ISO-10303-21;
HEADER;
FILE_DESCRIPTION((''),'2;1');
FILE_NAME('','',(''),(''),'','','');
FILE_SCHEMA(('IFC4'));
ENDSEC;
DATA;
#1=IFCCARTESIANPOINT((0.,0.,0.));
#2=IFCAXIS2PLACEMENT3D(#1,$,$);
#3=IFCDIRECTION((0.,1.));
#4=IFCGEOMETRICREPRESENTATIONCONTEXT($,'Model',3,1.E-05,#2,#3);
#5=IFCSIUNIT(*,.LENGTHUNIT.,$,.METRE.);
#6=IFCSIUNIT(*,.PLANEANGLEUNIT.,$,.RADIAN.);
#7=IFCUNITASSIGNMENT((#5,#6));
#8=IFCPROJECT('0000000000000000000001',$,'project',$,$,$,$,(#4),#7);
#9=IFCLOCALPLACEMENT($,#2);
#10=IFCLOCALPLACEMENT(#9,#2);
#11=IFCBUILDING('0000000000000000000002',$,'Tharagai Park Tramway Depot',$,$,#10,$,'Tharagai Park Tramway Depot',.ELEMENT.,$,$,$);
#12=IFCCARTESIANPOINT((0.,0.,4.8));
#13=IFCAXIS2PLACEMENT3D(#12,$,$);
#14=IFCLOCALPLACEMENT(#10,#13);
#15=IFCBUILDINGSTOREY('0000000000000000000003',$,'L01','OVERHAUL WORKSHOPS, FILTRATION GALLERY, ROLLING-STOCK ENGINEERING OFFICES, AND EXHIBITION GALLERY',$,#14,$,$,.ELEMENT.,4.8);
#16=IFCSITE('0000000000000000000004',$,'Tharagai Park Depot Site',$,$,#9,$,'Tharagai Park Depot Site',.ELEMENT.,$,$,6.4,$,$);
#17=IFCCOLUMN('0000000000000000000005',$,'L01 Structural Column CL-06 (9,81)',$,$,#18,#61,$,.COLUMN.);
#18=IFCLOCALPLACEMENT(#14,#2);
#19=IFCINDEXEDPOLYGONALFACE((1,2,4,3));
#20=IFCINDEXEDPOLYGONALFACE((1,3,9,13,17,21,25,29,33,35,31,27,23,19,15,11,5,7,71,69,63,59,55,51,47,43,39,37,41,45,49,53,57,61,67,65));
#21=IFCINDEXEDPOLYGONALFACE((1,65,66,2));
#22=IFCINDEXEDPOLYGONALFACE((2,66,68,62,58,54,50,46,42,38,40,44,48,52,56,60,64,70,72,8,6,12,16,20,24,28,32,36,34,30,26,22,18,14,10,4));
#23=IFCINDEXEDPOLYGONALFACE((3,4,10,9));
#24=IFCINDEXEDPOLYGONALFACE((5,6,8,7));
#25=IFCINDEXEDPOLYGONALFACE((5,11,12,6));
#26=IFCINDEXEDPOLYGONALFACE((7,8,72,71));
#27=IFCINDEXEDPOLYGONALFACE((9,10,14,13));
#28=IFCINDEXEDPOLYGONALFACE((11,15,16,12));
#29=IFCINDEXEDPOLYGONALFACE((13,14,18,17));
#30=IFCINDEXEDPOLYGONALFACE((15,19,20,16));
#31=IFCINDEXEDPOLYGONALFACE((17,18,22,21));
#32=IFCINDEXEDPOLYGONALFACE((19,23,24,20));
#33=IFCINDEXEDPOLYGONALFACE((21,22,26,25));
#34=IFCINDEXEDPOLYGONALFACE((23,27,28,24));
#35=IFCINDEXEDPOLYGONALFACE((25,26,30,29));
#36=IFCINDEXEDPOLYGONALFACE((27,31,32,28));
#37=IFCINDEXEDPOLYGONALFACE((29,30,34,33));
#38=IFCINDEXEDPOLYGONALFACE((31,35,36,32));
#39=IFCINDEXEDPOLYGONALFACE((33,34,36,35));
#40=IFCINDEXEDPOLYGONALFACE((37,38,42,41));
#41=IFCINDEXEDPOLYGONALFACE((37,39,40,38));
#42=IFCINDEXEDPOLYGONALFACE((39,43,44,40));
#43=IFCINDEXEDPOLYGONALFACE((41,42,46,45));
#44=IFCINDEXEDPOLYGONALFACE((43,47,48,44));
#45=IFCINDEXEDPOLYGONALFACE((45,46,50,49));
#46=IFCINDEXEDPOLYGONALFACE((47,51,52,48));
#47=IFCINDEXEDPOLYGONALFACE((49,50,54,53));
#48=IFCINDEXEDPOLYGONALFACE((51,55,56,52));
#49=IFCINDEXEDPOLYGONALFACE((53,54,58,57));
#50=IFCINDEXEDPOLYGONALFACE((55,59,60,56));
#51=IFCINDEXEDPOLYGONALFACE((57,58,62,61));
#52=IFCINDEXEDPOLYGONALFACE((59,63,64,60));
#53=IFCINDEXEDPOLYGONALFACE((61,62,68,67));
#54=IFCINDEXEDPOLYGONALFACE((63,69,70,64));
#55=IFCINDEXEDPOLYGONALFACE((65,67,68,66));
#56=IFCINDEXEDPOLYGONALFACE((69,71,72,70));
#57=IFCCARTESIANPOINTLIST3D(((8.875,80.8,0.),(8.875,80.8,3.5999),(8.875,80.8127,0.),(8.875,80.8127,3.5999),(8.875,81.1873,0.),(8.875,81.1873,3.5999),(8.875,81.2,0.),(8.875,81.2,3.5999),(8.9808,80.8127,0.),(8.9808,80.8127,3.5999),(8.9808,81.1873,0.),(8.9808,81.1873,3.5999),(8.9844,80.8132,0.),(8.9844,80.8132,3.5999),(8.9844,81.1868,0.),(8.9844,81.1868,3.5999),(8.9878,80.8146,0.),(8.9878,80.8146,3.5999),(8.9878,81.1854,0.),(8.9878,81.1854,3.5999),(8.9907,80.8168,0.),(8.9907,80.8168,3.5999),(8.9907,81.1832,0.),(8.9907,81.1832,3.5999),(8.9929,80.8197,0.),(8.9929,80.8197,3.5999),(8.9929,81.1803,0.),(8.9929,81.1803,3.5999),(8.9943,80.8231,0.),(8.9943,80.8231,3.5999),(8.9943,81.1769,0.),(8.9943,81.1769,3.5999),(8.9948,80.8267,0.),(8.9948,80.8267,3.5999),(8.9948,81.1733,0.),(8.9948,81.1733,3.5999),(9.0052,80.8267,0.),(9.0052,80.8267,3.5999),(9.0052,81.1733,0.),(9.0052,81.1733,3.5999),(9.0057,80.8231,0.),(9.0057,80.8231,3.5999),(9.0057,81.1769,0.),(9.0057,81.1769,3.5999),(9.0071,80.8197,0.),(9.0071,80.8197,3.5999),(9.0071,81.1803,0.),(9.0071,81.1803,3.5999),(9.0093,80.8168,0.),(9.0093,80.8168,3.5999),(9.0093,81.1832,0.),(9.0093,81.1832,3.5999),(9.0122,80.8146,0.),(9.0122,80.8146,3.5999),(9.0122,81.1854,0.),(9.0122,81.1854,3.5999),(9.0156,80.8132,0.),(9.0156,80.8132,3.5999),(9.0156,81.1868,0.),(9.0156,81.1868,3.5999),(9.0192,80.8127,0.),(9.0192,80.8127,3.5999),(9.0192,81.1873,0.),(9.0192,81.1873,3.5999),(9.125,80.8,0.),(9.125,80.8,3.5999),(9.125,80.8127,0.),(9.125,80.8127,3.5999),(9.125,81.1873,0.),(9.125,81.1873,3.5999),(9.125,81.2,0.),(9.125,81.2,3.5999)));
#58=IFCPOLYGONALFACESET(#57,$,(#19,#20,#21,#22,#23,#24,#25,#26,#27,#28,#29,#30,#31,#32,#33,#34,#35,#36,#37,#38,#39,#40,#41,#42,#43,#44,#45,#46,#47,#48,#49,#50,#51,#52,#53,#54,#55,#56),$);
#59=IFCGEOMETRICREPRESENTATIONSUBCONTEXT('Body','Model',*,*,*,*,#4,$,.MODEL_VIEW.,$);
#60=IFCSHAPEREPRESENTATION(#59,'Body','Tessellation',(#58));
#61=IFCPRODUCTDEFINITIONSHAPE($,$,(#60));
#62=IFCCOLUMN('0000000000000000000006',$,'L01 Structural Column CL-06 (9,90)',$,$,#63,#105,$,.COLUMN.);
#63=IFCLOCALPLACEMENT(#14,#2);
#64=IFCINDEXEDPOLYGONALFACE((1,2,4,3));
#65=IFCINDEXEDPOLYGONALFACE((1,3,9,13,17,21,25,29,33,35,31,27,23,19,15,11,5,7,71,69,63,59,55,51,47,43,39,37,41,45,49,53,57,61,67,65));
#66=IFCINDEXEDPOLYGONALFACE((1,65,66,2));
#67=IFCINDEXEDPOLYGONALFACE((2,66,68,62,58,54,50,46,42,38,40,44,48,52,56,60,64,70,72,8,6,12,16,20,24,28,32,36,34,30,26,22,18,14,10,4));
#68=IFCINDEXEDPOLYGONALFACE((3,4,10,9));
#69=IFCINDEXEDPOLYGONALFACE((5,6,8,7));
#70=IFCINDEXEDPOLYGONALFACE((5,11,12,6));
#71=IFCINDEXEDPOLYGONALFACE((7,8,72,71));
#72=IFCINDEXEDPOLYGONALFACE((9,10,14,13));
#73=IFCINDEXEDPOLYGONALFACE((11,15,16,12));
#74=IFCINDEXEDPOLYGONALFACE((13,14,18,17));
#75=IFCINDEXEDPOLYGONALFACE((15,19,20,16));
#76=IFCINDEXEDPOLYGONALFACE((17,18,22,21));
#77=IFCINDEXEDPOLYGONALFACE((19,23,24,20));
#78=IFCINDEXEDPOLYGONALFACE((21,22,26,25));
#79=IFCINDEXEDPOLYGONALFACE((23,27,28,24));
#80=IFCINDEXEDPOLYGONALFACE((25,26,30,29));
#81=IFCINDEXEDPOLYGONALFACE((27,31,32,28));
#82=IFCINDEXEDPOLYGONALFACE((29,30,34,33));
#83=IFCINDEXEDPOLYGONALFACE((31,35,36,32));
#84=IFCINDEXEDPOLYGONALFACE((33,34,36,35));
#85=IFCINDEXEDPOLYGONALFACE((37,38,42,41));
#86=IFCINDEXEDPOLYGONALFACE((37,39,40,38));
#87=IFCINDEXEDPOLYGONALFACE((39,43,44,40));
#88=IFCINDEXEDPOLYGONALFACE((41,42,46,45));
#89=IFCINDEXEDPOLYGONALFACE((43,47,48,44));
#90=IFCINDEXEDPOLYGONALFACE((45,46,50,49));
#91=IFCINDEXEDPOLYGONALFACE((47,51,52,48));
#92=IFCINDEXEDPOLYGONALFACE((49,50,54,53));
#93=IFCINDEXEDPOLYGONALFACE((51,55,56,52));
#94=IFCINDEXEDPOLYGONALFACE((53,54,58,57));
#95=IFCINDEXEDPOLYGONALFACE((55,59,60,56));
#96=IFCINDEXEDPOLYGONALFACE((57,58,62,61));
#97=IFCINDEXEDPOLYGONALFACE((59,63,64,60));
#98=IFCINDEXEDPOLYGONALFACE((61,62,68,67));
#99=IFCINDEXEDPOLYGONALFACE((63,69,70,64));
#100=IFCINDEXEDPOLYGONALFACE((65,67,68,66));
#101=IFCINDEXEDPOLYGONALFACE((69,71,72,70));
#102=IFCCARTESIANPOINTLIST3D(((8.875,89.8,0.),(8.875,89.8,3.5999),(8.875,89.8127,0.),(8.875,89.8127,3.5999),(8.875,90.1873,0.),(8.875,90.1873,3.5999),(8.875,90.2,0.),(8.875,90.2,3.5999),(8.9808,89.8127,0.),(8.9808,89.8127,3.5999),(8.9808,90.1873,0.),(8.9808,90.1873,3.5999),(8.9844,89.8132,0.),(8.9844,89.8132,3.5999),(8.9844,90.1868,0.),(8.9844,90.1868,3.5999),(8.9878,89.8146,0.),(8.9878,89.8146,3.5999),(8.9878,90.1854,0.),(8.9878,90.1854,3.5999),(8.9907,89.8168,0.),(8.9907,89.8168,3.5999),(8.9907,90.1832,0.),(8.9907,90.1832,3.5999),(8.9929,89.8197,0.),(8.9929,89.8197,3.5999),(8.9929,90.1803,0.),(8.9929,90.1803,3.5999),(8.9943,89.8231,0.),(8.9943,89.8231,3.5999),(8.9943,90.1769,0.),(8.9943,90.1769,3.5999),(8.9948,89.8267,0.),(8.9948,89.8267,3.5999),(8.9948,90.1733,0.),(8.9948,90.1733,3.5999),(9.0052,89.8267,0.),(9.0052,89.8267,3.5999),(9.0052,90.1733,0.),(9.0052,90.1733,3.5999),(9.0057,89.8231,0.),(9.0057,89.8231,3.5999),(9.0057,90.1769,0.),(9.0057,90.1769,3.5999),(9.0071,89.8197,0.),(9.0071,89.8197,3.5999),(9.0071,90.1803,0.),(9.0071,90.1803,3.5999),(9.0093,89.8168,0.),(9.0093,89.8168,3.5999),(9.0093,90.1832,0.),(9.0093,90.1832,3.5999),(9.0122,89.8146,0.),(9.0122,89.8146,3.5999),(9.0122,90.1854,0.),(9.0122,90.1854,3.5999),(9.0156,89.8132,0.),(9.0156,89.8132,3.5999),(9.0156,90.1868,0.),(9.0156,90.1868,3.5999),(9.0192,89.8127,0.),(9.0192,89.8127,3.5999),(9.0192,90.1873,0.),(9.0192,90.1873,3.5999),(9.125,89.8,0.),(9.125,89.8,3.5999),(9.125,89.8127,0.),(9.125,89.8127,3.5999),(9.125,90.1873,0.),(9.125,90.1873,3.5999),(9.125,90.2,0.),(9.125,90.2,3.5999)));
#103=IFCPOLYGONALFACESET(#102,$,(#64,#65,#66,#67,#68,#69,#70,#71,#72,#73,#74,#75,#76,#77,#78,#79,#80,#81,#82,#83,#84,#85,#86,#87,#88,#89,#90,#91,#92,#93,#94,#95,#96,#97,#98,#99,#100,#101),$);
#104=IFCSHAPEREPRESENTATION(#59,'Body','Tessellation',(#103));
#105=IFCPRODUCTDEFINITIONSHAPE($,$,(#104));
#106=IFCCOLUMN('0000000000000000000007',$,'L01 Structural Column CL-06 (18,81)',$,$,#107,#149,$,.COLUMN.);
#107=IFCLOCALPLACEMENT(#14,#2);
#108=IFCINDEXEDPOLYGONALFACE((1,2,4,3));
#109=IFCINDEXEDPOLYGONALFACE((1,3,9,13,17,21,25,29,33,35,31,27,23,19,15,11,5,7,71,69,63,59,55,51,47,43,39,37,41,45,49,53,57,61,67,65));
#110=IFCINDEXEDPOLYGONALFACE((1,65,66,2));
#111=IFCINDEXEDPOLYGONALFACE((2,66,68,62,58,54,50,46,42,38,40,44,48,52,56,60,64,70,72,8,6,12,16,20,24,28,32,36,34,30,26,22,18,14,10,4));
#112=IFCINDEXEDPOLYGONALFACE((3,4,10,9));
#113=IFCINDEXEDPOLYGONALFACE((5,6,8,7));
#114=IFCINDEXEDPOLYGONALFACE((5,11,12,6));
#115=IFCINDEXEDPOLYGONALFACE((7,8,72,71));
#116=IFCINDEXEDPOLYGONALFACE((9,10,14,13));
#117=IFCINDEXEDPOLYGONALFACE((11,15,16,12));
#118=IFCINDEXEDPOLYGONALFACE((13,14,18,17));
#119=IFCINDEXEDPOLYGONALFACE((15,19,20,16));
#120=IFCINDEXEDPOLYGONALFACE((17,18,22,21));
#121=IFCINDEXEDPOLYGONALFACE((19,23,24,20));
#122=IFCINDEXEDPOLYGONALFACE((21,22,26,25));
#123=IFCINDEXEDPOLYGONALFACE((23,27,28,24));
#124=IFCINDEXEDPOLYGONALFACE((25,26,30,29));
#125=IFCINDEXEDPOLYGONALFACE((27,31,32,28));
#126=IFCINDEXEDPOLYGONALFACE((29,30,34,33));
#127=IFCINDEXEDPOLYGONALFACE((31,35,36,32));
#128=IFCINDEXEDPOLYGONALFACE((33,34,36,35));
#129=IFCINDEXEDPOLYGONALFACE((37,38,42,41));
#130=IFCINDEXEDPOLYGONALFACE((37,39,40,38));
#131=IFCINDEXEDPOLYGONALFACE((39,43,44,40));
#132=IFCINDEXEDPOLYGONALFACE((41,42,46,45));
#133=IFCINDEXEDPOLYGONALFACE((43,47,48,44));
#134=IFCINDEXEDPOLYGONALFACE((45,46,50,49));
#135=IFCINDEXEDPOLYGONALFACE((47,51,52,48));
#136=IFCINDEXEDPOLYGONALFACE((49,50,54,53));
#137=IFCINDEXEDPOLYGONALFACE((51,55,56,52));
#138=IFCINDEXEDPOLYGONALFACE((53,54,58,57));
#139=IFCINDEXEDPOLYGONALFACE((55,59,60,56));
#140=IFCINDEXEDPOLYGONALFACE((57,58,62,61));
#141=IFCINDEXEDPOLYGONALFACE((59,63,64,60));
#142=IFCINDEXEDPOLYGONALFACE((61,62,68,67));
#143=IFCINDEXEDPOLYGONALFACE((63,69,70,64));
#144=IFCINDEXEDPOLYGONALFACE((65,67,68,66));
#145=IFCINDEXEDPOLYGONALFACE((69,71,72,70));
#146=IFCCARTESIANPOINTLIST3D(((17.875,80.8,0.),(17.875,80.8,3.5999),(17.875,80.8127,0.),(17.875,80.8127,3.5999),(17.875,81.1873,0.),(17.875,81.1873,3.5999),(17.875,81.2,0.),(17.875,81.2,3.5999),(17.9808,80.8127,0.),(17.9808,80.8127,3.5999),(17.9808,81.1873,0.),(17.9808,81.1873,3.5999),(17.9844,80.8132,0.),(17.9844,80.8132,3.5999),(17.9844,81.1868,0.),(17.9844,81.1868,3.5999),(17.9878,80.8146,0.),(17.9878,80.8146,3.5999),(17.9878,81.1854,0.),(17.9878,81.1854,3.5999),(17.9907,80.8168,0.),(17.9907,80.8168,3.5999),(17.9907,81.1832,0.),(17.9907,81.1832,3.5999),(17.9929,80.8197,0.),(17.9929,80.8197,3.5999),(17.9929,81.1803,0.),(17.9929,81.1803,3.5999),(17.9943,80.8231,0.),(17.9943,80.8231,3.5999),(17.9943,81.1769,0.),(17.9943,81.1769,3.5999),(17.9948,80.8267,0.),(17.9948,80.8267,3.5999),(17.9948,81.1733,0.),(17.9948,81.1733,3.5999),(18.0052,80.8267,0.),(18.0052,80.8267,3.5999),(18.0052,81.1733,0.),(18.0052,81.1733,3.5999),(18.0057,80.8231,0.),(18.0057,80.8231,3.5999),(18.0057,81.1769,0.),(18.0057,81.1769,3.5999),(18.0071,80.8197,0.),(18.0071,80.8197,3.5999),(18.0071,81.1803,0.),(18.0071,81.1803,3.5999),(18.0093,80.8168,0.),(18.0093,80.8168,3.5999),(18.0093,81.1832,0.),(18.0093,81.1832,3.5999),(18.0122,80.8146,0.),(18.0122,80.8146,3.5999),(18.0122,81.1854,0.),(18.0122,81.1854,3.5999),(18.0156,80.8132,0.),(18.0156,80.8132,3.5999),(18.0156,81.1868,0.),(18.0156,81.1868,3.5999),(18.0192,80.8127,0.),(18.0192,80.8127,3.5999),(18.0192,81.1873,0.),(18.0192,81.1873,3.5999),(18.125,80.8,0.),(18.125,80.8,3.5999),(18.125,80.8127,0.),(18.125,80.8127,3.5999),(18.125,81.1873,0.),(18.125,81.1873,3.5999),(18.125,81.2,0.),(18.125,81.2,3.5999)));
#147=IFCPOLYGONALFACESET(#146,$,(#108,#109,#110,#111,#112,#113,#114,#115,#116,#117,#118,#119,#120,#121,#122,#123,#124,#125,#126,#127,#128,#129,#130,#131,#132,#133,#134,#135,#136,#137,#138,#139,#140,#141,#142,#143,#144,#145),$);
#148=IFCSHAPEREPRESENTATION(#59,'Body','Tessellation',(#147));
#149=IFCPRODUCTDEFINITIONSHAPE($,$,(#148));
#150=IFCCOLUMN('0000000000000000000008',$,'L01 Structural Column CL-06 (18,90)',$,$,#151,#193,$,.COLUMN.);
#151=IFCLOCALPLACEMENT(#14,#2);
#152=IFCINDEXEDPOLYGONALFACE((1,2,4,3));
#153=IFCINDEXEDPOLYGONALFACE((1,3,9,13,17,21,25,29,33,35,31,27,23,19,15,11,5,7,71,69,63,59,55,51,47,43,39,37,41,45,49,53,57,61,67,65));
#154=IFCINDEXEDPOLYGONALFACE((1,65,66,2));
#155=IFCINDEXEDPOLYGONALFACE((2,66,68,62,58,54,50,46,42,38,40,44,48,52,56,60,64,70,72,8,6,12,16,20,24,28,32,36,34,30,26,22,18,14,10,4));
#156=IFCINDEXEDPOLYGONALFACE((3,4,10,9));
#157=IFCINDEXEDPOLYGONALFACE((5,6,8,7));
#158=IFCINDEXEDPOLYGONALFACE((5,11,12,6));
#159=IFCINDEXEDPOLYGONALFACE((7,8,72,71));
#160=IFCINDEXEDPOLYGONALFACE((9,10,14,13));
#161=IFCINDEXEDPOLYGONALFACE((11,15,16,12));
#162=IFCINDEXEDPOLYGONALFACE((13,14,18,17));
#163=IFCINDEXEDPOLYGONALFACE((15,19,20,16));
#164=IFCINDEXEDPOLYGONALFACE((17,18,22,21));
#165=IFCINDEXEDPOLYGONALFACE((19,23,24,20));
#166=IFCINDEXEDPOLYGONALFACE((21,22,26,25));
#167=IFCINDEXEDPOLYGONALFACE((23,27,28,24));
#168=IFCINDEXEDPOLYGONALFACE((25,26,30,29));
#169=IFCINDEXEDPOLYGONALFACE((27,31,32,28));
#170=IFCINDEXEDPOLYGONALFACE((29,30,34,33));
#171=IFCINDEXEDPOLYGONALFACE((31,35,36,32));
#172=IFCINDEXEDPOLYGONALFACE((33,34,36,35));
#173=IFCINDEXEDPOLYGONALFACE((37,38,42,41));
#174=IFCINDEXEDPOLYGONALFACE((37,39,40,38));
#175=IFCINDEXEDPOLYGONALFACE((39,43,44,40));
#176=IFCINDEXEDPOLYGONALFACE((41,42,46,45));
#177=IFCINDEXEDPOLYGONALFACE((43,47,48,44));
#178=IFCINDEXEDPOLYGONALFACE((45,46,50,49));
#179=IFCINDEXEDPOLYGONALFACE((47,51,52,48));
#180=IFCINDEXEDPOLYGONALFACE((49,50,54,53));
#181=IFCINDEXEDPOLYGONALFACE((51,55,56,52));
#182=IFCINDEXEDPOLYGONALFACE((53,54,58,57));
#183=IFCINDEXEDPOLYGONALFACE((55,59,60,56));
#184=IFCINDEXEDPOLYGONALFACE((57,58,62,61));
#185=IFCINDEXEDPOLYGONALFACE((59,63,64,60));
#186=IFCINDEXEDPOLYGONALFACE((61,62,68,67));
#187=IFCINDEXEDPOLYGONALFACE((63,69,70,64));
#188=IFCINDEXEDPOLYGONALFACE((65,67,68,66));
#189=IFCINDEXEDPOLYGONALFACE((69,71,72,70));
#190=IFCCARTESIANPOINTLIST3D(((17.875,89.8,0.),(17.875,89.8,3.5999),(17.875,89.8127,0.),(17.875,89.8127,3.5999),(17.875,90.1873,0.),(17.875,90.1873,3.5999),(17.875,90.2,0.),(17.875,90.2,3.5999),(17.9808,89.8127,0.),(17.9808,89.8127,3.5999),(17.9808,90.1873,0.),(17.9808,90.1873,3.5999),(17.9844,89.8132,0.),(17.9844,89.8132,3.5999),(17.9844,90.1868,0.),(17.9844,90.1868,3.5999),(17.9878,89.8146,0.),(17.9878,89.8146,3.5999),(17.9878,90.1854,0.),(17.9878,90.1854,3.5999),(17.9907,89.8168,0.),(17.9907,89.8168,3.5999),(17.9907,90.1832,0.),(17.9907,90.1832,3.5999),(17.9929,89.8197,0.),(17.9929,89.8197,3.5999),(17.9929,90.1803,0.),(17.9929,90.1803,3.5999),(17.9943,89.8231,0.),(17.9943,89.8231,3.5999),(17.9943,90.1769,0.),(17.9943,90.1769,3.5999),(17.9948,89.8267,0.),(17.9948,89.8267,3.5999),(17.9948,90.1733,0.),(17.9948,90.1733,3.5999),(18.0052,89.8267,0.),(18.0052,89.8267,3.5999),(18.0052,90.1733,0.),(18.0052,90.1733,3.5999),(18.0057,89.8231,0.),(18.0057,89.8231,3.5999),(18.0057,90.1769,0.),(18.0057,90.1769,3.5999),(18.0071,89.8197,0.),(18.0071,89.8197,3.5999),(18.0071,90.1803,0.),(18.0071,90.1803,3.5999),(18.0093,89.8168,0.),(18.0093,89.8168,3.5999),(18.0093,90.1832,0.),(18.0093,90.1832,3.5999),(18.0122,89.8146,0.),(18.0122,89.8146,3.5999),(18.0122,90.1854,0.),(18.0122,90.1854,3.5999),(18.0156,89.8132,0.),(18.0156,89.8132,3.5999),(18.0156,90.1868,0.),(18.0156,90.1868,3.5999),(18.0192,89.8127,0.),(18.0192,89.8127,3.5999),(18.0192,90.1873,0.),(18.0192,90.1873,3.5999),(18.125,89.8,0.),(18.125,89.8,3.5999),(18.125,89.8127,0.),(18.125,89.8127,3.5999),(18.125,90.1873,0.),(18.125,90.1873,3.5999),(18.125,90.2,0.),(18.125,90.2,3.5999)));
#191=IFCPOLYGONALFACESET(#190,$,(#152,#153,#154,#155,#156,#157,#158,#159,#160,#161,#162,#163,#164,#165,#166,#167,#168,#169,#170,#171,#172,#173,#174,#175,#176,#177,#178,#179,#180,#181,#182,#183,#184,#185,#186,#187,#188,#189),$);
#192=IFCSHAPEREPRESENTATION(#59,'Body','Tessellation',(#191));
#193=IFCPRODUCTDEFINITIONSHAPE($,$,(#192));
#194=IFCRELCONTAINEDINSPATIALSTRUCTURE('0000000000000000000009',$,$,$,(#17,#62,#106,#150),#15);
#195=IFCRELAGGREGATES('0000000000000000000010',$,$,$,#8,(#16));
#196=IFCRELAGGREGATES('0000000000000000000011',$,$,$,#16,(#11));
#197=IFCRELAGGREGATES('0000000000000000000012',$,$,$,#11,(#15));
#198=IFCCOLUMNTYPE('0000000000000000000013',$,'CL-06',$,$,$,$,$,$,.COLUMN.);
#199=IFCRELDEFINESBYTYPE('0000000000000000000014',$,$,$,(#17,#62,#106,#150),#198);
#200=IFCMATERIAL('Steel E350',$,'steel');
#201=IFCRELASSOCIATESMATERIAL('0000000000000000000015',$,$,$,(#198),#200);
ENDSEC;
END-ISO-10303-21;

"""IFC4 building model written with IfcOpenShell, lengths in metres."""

from ifc_helpers import new_model, si_unit, direction, frame, origin, origin_2d, place, context, subcontext, project, spatial, i_section, extrude, material, material_profile, profile_set, type_object, element, save


model = new_model("IFC4")

# Units and contexts
model_context = context("Model", 3, precision=1e-05, world=origin(), true_north=direction((0.0, 1.0)))
body_context = subcontext(model_context, "Body", "Model", "MODEL_VIEW")
ifc_project = project(units=[si_unit("LENGTHUNIT", "METRE"), si_unit("PLANEANGLEUNIT", "RADIAN")], contexts=[model_context])

# Site, building, storey
site_placement = place(None, origin())
site = spatial("IfcSite", under=ifc_project, at=site_placement, Name="Tharagai Park Depot Site", LongName="Tharagai Park Depot Site", CompositionType="ELEMENT", RefElevation=6.4)
building_placement = place(site_placement, origin())
building = spatial("IfcBuilding", under=site, at=building_placement, Name="Tharagai Park Tramway Depot", LongName="Tharagai Park Tramway Depot", CompositionType="ELEMENT")
storey_placement = place(building_placement, frame((0.0, 0.0, 4.8)))
storey = spatial("IfcBuildingStorey", under=building, at=storey_placement, Name="L01", Description="OVERHAUL WORKSHOPS, FILTRATION GALLERY, ROLLING-STOCK ENGINEERING OFFICES, AND EXHIBITION GALLERY", CompositionType="ELEMENT", Elevation=4.8)

# Columns
ifc_material_1 = material(Name="Steel E350", Category="steel")
ifc_material_profile_1 = material_profile(ifc_material_1, i_section(OverallWidth=0.25, OverallDepth=0.3999, WebThickness=0.0105, FlangeThickness=0.0127, FilletRadius=0.0139, at=origin_2d()), Name="ISHB 400")
ifc_profile_set_1 = profile_set([ifc_material_profile_1], Name="Steel E350")
column_type = type_object("IfcColumnType", Name="CL-06", PredefinedType="COLUMN", material=ifc_profile_set_1)
for number, where, z_axis, x_axis, name in (
    (1, (9.0, 81.0, 0.0), (0.0, 0.0, 1.0), (1.0, 0.0, 0.0), "L01 Structural Column CL-06 (9,81)"),
    (2, (9.0, 90.0, 0.0), (0.0, 0.0, 1.0), (1.0, 0.0, 0.0), "L01 Structural Column CL-06 (9,90)"),
    (3, (18.0, 81.0, 0.0), (0.0, 0.0, 1.0), (1.0, 0.0, 0.0), "L01 Structural Column CL-06 (18,81)"),
    (4, (18.0, 90.0, 0.0), (0.0, 0.0, 1.0), (1.0, 0.0, 0.0), "L01 Structural Column CL-06 (18,90)"),
):
    element("IfcColumn", number, at=place(storey_placement, frame(where, z_axis=z_axis, x_axis=x_axis)), inside=storey, type_object=column_type, Name=name, PredefinedType="COLUMN", context=body_context, shape_type="SweptSolid", body=[
        extrude(i_section(OverallWidth=0.25, OverallDepth=0.3999, WebThickness=0.0105, FlangeThickness=0.0127, FilletRadius=0.0139, at=origin_2d()), origin(), (0.0, 0.0, 1.0), 3.5999),
    ])

save(model, "model.ifc")
